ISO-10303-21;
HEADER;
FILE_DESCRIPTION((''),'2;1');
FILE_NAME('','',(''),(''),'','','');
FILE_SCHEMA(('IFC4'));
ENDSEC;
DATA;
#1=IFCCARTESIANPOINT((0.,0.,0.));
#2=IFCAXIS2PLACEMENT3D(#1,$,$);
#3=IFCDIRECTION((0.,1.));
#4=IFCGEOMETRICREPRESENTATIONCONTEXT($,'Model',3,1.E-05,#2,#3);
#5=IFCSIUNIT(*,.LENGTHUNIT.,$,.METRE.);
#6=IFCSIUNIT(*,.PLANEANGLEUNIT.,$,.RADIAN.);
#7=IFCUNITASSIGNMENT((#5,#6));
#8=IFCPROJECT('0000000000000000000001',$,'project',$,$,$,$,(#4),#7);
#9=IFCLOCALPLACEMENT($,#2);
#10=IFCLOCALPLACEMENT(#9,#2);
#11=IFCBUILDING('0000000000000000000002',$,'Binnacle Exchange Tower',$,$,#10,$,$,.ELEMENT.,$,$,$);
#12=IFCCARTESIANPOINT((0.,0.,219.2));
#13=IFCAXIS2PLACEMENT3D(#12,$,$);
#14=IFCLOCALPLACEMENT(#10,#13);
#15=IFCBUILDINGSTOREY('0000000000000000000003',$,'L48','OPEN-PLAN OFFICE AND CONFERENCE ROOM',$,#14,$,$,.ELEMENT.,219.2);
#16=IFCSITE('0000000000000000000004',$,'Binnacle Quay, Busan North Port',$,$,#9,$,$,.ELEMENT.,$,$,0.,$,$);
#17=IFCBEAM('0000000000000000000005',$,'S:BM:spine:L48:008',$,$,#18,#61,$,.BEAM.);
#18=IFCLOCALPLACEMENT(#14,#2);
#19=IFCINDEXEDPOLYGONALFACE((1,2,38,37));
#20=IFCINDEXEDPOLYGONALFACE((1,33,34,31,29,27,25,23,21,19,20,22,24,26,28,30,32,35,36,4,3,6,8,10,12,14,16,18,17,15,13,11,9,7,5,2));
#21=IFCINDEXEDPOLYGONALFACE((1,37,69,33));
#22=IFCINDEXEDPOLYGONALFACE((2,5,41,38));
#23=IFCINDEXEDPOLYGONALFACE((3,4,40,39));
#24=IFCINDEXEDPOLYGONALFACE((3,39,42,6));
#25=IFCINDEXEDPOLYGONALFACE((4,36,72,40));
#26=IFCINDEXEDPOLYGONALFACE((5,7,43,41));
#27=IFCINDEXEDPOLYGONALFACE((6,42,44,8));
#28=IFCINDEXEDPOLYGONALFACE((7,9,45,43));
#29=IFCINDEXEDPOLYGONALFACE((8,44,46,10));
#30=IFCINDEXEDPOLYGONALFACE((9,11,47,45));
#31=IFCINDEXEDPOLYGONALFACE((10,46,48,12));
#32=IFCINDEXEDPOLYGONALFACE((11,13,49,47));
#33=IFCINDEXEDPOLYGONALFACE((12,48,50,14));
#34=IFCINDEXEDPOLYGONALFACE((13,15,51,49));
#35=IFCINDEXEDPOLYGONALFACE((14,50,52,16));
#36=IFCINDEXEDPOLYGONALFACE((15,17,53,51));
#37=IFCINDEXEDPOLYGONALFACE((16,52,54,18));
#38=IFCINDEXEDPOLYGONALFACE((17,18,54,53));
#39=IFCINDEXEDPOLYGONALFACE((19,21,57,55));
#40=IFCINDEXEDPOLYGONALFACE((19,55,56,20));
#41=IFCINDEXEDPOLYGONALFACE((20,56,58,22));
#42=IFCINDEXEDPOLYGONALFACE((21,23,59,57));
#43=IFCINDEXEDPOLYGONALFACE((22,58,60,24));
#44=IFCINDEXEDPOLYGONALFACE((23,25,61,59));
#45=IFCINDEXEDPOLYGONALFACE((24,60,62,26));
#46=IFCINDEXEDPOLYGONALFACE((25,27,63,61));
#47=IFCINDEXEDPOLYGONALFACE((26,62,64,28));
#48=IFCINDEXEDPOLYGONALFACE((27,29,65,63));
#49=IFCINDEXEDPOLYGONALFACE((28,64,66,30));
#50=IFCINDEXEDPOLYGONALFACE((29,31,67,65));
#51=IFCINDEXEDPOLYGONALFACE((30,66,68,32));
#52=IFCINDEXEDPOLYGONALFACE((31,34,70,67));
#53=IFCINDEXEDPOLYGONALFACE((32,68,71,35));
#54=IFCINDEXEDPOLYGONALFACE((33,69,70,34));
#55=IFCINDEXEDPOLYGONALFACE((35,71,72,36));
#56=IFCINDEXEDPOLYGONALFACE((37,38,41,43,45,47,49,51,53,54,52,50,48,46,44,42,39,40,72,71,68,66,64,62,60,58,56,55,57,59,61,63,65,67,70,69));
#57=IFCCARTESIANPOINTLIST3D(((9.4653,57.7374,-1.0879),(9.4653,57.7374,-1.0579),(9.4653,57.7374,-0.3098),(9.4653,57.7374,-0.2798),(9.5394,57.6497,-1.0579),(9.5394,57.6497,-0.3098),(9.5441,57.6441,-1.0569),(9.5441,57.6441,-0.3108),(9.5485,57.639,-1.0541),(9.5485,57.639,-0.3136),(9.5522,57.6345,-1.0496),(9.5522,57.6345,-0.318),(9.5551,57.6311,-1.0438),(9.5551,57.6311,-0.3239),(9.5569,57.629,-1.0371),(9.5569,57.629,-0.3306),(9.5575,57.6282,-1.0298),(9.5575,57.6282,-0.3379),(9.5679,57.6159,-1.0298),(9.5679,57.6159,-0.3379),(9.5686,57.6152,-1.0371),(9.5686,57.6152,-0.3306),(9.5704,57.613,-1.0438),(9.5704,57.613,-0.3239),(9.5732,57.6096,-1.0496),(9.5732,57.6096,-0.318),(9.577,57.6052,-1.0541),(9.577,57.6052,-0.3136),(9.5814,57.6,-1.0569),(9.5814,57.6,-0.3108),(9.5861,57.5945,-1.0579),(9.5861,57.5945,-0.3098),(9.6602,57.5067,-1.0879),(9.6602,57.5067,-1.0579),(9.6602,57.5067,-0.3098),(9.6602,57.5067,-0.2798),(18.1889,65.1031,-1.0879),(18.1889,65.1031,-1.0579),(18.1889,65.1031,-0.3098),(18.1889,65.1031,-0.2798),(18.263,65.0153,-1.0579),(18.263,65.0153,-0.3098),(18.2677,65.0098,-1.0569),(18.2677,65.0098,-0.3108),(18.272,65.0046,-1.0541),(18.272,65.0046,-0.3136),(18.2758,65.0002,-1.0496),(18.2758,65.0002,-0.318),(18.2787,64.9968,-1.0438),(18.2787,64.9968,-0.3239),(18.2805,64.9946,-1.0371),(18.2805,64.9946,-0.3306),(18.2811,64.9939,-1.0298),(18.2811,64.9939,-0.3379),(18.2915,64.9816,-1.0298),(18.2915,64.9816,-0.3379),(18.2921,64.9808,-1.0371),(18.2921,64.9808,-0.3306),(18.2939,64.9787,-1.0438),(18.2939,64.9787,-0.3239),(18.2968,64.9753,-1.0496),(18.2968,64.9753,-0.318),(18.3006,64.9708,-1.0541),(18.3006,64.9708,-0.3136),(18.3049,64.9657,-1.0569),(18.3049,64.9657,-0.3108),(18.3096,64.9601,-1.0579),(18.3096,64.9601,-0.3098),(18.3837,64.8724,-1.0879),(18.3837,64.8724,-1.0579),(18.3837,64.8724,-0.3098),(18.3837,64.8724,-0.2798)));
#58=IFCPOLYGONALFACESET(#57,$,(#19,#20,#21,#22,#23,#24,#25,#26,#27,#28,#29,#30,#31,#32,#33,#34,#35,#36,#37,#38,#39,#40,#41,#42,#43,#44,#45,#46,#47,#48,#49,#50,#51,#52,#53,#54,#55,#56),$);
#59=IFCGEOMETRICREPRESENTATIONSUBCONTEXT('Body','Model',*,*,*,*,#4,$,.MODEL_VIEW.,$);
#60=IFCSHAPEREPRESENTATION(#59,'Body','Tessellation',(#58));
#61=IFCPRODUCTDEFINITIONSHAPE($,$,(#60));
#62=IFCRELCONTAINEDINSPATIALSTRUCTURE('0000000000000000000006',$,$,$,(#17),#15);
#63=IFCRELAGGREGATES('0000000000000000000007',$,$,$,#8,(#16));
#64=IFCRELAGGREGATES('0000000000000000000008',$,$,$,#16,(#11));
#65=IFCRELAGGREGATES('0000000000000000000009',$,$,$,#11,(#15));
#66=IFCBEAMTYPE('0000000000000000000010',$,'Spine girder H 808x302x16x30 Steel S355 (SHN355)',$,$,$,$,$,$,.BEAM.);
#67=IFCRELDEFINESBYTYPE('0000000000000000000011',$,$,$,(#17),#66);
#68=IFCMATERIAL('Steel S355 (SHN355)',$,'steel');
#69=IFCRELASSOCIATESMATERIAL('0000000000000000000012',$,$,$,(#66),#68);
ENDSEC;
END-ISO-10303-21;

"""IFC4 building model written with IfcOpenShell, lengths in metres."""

from ifc_helpers import new_model, si_unit, direction, frame, origin, origin_2d, place, context, subcontext, project, spatial, i_section, extrude, material, material_profile, profile_set, type_object, element, save


model = new_model("IFC4")

# Units and contexts
model_context = context("Model", 3, precision=1e-05, world=origin(), true_north=direction((0.0, 1.0)))
body_context = subcontext(model_context, "Body", "Model", "MODEL_VIEW")
ifc_project = project(units=[si_unit("LENGTHUNIT", "METRE"), si_unit("PLANEANGLEUNIT", "RADIAN")], contexts=[model_context])

# Site, building, storey
site_placement = place(None, origin())
site = spatial("IfcSite", under=ifc_project, at=site_placement, Name="Binnacle Quay, Busan North Port", CompositionType="ELEMENT", RefElevation=0.0)
building_placement = place(site_placement, origin())
building = spatial("IfcBuilding", under=site, at=building_placement, Name="Binnacle Exchange Tower", CompositionType="ELEMENT")
storey_placement = place(building_placement, frame((0.0, 0.0, 219.2)))
storey = spatial("IfcBuildingStorey", under=building, at=storey_placement, Name="L48", Description="OPEN-PLAN OFFICE AND CONFERENCE ROOM", CompositionType="ELEMENT", Elevation=219.2)

# Beam
ifc_material_1 = material(Name="Steel S355 (SHN355)", Category="steel")
ifc_material_profile_1 = material_profile(ifc_material_1, i_section(OverallWidth=0.302, OverallDepth=0.8081, WebThickness=0.0161, FlangeThickness=0.03, FilletRadius=0.0281, at=origin_2d()), Name="H 808x302x16x30")
ifc_profile_set_1 = profile_set([ifc_material_profile_1], Name="Steel S355 (SHN355)")
beam_type_1 = type_object("IfcBeamType", Name="Spine girder H 808x302x16x30 Steel S355 (SHN355)", PredefinedType="BEAM", material=ifc_profile_set_1)
beam_1_placement = place(storey_placement, frame((9.5627, 57.6221, -0.6838), z_axis=(0.764069, 0.645135, 0.0), x_axis=(-0.645135, 0.764069, 0.0)))
element("IfcBeam", 1, at=beam_1_placement, inside=storey, type_object=beam_type_1, Name="S:BM:spine:L48:008", PredefinedType="BEAM", context=body_context, shape_type="SweptSolid", body=[
    extrude(i_section(OverallWidth=0.302, OverallDepth=0.8081, WebThickness=0.0161, FlangeThickness=0.03, FilletRadius=0.0281, at=origin_2d()), origin(), (0.0, 0.0, 1.0), 11.4172),
])

save(model, "model.ifc")
